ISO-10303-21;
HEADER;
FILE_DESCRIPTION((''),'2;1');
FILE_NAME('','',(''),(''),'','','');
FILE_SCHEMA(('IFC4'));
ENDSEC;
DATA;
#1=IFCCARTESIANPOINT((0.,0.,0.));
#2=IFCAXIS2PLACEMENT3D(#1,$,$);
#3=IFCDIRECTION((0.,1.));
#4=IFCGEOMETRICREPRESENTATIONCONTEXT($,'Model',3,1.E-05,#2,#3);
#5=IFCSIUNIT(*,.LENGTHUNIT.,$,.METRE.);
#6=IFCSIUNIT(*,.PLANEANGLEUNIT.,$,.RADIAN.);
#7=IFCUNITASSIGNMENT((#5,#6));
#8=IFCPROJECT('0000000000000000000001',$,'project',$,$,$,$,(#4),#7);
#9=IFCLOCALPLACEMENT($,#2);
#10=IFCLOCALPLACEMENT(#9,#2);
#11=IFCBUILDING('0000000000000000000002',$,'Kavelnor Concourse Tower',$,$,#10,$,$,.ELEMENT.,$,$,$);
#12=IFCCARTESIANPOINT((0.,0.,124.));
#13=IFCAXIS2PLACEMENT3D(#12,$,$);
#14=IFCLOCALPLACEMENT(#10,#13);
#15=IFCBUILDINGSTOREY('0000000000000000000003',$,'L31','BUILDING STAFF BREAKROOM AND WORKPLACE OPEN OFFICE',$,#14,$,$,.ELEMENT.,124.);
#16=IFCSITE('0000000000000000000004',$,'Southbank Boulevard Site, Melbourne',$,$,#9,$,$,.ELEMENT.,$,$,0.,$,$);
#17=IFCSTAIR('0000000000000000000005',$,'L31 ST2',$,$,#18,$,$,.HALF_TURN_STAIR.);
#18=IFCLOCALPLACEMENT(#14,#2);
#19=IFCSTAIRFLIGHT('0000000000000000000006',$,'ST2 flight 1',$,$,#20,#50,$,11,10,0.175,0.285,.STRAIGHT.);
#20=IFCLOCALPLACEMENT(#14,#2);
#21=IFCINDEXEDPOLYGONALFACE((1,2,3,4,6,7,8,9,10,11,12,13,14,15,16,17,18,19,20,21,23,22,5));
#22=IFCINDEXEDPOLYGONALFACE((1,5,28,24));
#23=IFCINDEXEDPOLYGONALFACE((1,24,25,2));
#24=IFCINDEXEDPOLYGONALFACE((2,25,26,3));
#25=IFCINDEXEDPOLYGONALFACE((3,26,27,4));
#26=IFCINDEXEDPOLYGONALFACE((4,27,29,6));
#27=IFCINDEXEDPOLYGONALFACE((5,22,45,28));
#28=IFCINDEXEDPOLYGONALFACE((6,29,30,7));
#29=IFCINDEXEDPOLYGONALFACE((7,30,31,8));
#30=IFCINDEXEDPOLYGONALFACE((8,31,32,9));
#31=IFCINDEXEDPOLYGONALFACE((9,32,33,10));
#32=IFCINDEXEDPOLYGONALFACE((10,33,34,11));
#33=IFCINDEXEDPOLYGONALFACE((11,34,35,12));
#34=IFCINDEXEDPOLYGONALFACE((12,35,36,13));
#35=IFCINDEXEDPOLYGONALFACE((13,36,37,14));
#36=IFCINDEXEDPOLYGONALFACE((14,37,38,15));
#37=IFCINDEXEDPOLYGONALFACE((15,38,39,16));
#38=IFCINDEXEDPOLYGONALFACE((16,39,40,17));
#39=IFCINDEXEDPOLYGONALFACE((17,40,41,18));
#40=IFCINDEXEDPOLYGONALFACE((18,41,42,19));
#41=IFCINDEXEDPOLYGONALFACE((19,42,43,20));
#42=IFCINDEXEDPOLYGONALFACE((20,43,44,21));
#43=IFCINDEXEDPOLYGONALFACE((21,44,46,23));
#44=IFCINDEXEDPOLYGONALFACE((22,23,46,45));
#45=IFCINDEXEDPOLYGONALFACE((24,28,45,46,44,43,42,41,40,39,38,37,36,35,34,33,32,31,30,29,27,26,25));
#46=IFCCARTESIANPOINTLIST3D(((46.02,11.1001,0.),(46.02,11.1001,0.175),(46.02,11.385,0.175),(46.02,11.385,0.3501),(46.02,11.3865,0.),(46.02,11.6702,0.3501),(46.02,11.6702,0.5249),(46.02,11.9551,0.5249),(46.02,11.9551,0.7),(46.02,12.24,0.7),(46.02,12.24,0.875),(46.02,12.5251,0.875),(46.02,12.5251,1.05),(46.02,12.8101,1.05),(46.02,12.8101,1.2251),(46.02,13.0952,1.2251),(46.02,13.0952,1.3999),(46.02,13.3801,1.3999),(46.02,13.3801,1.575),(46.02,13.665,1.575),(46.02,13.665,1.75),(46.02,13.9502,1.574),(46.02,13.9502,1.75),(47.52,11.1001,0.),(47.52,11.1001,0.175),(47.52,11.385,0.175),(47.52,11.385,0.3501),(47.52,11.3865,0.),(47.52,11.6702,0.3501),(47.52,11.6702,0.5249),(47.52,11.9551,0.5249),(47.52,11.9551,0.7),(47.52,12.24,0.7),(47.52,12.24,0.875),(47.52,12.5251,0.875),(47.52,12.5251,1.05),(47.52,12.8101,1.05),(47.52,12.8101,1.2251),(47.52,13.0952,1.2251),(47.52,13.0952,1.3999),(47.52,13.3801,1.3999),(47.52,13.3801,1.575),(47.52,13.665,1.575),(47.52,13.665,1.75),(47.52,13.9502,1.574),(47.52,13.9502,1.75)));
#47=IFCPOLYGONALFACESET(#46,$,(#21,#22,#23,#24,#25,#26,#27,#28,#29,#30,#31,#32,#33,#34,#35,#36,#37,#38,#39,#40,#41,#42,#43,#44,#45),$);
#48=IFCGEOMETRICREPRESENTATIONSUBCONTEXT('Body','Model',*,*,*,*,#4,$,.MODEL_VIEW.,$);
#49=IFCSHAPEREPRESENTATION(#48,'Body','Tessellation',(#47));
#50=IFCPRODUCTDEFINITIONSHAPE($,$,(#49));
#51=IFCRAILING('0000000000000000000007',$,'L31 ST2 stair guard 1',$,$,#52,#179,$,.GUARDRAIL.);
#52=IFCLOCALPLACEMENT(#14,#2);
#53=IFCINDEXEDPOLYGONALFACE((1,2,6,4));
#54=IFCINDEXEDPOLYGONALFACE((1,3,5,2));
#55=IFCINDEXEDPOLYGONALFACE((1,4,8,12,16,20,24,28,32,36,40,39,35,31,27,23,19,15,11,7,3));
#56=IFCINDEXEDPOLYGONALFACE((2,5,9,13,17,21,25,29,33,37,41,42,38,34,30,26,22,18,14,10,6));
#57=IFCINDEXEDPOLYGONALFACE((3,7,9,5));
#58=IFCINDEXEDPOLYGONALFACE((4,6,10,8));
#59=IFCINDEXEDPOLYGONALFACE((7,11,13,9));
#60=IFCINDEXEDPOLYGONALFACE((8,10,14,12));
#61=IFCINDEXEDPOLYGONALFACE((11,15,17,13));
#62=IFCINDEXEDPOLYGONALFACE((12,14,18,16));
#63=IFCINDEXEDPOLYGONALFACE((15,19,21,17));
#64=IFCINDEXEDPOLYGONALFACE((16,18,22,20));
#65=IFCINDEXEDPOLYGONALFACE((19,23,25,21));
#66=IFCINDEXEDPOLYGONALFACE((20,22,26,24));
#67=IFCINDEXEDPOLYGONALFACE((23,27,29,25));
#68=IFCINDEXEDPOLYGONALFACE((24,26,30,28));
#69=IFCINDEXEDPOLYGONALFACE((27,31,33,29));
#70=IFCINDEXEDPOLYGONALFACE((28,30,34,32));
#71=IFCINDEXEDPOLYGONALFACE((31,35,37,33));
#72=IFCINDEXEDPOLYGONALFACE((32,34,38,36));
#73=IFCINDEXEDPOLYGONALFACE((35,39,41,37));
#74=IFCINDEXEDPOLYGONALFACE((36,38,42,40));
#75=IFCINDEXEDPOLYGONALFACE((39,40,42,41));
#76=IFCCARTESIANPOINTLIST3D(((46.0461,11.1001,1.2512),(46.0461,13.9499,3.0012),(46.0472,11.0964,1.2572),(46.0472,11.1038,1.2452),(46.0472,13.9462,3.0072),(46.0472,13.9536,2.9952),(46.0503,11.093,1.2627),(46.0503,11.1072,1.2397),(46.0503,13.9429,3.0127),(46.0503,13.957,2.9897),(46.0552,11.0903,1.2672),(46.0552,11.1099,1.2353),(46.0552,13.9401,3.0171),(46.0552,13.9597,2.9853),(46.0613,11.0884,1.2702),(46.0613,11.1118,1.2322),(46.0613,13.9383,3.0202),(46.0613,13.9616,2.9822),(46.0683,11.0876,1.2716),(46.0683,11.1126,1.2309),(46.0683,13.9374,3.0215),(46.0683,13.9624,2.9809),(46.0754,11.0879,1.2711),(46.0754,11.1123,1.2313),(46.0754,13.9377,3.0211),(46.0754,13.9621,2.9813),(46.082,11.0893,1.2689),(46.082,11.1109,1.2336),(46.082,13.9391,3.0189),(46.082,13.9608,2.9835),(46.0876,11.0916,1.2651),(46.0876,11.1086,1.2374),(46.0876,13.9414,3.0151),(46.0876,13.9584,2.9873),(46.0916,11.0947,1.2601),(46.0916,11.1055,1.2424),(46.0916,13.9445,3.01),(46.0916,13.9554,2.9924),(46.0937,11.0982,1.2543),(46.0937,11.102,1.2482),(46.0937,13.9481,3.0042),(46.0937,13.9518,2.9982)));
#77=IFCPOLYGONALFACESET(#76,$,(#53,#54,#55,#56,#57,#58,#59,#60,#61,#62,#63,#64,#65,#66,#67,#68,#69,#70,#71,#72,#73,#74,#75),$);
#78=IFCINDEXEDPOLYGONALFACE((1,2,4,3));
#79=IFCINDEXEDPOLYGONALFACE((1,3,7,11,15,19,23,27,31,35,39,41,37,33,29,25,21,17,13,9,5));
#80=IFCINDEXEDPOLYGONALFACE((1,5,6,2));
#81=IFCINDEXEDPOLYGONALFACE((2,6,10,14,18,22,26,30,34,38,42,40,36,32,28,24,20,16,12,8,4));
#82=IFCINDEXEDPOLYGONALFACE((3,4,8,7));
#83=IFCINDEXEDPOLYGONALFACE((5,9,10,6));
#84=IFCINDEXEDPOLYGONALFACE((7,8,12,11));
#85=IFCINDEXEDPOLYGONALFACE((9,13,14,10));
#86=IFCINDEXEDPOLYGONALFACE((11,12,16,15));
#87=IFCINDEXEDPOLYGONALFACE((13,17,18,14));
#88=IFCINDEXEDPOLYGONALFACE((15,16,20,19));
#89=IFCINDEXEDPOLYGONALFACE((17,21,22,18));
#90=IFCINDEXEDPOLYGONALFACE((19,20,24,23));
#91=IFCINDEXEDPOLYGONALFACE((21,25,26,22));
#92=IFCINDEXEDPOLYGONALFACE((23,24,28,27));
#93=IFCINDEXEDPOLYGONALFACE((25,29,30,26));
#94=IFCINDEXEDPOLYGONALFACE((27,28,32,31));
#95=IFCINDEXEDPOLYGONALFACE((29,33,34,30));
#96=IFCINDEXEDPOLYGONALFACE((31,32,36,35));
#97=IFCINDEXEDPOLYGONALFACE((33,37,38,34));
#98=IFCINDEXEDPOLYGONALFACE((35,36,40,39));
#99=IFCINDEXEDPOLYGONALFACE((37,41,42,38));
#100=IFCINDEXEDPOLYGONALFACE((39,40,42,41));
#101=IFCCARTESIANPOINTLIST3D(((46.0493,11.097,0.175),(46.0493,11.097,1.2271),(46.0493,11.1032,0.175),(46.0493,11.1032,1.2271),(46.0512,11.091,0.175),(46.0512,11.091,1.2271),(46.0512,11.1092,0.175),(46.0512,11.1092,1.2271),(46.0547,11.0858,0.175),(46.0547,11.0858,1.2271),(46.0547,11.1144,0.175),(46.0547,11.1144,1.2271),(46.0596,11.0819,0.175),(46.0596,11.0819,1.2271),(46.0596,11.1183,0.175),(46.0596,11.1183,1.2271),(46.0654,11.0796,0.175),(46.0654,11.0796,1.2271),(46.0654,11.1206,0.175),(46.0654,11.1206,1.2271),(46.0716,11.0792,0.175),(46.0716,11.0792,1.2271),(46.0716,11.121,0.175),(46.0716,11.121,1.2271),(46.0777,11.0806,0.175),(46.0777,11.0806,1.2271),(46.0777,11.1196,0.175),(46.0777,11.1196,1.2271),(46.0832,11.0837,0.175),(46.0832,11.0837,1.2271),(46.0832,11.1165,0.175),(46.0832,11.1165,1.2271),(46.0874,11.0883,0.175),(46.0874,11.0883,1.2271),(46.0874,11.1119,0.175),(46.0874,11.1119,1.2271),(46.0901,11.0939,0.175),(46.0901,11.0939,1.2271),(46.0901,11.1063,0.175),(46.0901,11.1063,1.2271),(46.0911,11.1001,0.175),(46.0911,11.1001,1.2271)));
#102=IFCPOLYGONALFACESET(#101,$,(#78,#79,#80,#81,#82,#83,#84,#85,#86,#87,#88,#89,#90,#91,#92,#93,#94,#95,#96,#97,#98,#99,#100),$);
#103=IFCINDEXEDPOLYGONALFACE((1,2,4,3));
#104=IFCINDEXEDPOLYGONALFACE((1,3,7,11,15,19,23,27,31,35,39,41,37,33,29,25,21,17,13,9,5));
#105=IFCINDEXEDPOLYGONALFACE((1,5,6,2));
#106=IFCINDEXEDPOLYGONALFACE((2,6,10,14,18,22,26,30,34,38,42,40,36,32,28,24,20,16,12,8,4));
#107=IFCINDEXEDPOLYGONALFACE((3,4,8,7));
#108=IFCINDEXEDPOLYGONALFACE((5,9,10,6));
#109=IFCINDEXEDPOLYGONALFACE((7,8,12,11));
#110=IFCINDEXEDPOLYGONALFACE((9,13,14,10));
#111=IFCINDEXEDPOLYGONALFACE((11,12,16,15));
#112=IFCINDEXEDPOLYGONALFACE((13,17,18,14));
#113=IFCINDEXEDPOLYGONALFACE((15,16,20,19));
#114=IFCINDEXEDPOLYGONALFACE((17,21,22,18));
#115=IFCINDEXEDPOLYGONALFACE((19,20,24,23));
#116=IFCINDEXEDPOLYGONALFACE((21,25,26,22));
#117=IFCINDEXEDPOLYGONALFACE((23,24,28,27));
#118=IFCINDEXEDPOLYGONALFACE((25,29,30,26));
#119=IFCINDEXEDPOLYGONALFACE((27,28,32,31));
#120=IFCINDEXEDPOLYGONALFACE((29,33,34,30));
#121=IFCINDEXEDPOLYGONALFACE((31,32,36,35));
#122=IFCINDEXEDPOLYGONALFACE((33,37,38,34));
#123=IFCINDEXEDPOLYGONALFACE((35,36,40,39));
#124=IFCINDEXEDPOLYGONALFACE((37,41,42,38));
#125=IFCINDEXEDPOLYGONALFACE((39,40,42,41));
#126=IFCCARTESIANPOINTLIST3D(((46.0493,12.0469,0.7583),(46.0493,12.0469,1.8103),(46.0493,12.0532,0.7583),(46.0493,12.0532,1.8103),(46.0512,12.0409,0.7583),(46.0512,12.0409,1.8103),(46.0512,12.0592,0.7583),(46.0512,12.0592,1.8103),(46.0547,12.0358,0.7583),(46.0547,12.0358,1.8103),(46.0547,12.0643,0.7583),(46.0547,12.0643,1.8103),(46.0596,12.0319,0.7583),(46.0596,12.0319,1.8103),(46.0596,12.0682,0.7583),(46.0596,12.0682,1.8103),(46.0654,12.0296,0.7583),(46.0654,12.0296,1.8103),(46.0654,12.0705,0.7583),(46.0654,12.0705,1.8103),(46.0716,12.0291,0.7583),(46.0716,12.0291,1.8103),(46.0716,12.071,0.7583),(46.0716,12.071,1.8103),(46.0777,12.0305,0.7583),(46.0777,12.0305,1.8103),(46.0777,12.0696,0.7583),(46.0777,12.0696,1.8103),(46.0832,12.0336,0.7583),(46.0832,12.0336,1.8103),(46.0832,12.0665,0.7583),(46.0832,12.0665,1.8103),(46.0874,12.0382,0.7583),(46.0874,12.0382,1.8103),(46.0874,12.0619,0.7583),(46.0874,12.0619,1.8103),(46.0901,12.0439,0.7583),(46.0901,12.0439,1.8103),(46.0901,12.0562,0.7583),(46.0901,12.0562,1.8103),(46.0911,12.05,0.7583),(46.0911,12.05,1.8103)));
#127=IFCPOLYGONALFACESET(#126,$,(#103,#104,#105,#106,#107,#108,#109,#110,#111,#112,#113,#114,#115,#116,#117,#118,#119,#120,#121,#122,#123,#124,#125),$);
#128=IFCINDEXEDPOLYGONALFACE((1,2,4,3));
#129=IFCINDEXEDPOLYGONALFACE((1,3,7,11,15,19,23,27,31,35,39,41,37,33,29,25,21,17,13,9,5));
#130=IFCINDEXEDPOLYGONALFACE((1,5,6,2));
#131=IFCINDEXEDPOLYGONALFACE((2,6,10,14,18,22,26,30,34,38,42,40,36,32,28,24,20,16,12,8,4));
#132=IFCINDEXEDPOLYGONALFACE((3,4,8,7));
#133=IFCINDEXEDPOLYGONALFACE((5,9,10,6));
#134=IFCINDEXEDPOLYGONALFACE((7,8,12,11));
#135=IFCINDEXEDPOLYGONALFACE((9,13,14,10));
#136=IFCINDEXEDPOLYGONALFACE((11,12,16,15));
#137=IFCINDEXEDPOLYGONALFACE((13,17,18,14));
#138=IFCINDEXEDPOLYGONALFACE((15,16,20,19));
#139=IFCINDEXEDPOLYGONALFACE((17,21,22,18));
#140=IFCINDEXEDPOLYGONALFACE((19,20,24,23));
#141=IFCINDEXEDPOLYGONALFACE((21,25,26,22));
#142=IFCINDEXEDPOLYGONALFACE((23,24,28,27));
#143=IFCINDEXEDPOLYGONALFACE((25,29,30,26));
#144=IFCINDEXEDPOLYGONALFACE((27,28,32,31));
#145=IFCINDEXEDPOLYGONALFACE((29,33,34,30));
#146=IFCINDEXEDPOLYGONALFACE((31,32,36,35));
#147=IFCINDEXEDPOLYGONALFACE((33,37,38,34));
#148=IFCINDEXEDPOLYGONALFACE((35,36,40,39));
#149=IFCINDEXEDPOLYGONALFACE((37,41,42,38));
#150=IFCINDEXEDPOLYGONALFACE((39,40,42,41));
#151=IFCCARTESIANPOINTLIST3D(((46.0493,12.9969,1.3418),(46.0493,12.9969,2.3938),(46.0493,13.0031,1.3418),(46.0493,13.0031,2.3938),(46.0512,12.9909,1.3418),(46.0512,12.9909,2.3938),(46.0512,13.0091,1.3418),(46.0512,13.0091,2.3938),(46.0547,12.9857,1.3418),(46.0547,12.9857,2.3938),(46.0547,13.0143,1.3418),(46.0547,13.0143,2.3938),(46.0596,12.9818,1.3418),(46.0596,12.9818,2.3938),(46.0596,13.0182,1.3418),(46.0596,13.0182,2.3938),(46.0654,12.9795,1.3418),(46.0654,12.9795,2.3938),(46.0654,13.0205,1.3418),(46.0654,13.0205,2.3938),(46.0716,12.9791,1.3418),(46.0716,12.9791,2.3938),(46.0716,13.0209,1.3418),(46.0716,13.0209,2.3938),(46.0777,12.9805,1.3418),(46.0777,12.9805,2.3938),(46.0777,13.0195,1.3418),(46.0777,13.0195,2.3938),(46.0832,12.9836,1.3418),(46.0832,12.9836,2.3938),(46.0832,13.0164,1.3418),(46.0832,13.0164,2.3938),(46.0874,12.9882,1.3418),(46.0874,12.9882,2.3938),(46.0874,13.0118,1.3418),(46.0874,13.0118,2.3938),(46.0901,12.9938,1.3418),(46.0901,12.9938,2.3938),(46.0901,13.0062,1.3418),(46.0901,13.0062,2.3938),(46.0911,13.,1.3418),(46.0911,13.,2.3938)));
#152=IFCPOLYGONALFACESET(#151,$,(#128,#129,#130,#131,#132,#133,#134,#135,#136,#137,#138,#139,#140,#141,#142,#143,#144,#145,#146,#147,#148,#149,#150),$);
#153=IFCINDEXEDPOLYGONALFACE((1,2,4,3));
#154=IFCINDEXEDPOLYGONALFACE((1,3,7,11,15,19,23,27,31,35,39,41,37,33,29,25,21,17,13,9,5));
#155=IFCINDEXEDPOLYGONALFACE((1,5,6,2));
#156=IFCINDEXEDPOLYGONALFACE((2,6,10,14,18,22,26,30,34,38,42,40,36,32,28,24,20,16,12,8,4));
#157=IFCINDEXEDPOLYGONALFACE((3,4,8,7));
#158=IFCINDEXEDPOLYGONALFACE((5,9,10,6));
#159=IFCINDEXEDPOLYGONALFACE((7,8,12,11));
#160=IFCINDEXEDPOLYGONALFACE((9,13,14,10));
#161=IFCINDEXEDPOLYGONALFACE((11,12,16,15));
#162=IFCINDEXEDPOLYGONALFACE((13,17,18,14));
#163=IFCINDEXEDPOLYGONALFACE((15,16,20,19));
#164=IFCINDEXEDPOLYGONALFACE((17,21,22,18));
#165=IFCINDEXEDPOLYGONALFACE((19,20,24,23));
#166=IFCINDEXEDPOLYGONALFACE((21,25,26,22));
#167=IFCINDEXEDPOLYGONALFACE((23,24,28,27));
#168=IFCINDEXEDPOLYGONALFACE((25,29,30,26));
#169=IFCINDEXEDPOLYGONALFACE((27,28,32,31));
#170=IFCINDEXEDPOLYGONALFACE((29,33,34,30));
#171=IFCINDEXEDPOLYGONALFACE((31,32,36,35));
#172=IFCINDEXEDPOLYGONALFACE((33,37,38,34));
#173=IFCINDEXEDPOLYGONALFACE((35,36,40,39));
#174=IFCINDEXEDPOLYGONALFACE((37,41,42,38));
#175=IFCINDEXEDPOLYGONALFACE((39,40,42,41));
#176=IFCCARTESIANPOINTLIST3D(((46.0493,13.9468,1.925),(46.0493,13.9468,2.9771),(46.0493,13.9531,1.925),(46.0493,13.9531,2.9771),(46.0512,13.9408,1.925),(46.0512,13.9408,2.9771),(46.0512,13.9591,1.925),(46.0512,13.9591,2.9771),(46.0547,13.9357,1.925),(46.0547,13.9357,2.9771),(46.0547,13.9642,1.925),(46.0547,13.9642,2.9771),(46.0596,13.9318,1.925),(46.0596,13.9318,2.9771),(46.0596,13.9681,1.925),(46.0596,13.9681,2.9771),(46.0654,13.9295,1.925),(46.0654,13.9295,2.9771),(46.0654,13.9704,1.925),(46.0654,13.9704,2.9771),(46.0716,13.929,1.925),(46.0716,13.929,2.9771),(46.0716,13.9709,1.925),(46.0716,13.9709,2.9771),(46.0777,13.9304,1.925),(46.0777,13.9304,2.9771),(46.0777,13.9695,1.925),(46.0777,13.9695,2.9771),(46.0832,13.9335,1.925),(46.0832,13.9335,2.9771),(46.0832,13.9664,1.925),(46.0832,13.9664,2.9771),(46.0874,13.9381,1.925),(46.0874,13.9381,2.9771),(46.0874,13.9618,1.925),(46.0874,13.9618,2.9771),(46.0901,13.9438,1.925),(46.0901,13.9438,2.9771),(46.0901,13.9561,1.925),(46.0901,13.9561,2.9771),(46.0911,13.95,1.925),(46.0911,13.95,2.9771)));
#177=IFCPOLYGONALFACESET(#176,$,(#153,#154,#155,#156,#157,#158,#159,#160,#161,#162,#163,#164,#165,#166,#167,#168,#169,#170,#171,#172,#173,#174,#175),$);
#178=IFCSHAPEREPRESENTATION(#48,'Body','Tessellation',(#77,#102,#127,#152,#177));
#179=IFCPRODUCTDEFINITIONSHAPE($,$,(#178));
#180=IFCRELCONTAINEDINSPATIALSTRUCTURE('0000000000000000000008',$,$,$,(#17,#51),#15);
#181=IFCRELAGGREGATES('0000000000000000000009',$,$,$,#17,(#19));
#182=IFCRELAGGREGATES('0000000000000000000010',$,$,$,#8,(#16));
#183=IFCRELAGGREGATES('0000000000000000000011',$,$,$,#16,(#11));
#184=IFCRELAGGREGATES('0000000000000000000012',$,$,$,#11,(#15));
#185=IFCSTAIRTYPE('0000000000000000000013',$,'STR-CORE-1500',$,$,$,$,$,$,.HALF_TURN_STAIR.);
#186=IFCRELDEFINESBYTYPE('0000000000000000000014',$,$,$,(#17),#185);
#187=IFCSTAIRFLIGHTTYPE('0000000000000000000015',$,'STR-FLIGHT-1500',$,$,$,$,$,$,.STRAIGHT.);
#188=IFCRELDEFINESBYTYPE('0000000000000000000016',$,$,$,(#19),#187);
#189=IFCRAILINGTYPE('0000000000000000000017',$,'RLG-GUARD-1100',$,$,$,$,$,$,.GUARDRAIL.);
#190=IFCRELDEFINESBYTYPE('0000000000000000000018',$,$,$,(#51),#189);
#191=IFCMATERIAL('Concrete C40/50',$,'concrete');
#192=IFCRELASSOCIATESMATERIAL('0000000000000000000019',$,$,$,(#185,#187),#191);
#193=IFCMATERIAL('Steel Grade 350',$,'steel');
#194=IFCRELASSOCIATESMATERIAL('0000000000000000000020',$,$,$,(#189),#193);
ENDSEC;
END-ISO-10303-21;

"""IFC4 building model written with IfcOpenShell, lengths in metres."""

from ifc_helpers import new_model, si_unit, direction, frame, origin, origin_2d, place, context, subcontext, project, spatial, polyline, circle, outline, extrude, material, type_object, element, aggregate, save


model = new_model("IFC4")

# Units and contexts
model_context = context("Model", 3, precision=1e-05, world=origin(), true_north=direction((0.0, 1.0)))
body_context = subcontext(model_context, "Body", "Model", "MODEL_VIEW")
ifc_project = project(units=[si_unit("LENGTHUNIT", "METRE"), si_unit("PLANEANGLEUNIT", "RADIAN")], contexts=[model_context])

# Site, building, storey
site_placement = place(None, origin())
site = spatial("IfcSite", under=ifc_project, at=site_placement, Name="Southbank Boulevard Site, Melbourne", CompositionType="ELEMENT", RefElevation=0.0)
building_placement = place(site_placement, origin())
building = spatial("IfcBuilding", under=site, at=building_placement, Name="Kavelnor Concourse Tower", CompositionType="ELEMENT")
storey_placement = place(building_placement, frame((0.0, 0.0, 124.0)))
storey = spatial("IfcBuildingStorey", under=building, at=storey_placement, Name="L31", Description="BUILDING STAFF BREAKROOM AND WORKPLACE OPEN OFFICE", CompositionType="ELEMENT", Elevation=124.0)

# Shared definitions
ifc_material_1 = material(Name="Steel Grade 350", Category="steel")

# Stair, stair flight
ifc_material_2 = material(Name="Concrete C40/50", Category="concrete")
stair_type = type_object("IfcStairType", Name="STR-CORE-1500", PredefinedType="HALF_TURN_STAIR", material=ifc_material_2)
stair_placement = place(storey_placement, origin())
stair = element("IfcStair", 1, at=stair_placement, inside=storey, type_object=stair_type, Name="L31 ST2", PredefinedType="HALF_TURN_STAIR")
stair_flight_type = type_object("IfcStairFlightType", Name="STR-FLIGHT-1500", PredefinedType="STRAIGHT", material=ifc_material_2)
stair_flight_placement = place(storey_placement, frame((46.77, 11.1001, 0.0), z_axis=(0.0, 0.0, 1.0), x_axis=(0.0, 1.0, 0.0)))
stair_flight = element("IfcStairFlight", 2, at=stair_flight_placement, type_object=stair_flight_type, Name="ST2 flight 1", NumberOfRisers=11, NumberOfTreads=10, PredefinedType="STRAIGHT", RiserHeight=0.175, TreadLength=0.285, context=body_context, shape_type="SweptSolid", body=[
    extrude(outline(polyline([(0.0, 0.0), (0.0, 0.175), (0.2849, 0.175), (0.2849, 0.3501), (0.5701, 0.3501), (0.5701, 0.5249), (0.855, 0.5249), (0.855, 0.7), (1.1399, 0.7), (1.1399, 0.875), (1.425, 0.875), (1.425, 1.05), (1.71, 1.05), (1.71, 1.2251), (1.9951, 1.2251), (1.9951, 1.3999), (2.28, 1.3999), (2.28, 1.575), (2.5649, 1.575), (2.5649, 1.75), (2.8501, 1.75), (2.8501, 1.925), (2.8501, 1.574), (0.2864, 0.0), (0.0, 0.0)])), frame((0.0, 0.75, 0.0), z_axis=(0.0, -1.0, 0.0), x_axis=(1.0, 0.0, 0.0)), (0.0, 0.0, 1.0), 1.5),
])
aggregate(stair, [stair_flight])

# Railing
railing_type_1 = type_object("IfcRailingType", Name="RLG-GUARD-1100", PredefinedType="GUARDRAIL", material=ifc_material_1)
railing_1_placement = place(storey_placement, frame((46.0701, 11.1001, 0.175)))
element("IfcRailing", 3, at=railing_1_placement, inside=storey, type_object=railing_type_1, Name="L31 ST2 stair guard 1", PredefinedType="GUARDRAIL", context=body_context, shape_type="SweptSolid", body=[
    extrude(circle(Radius=0.0239, at=origin_2d()), frame((0.0, 0.0, 1.0762), z_axis=(0.0, 0.852159, 0.523283), x_axis=(-1.0, 0.0, 0.0)), (0.0, 0.0, 1.0), 3.3442),
    extrude(circle(Radius=0.021, at=origin_2d()), origin(), (0.0, 0.0, 1.0), 1.052),
    extrude(circle(Radius=0.021, at=origin_2d()), frame((0.0, 0.95, 0.5833)), (0.0, 0.0, 1.0), 1.052),
    extrude(circle(Radius=0.021, at=origin_2d()), frame((0.0, 1.8999, 1.1667)), (0.0, 0.0, 1.0), 1.052),
    extrude(circle(Radius=0.021, at=origin_2d()), frame((0.0, 2.8499, 1.75)), (0.0, 0.0, 1.0), 1.052),
])

save(model, "model.ifc")
